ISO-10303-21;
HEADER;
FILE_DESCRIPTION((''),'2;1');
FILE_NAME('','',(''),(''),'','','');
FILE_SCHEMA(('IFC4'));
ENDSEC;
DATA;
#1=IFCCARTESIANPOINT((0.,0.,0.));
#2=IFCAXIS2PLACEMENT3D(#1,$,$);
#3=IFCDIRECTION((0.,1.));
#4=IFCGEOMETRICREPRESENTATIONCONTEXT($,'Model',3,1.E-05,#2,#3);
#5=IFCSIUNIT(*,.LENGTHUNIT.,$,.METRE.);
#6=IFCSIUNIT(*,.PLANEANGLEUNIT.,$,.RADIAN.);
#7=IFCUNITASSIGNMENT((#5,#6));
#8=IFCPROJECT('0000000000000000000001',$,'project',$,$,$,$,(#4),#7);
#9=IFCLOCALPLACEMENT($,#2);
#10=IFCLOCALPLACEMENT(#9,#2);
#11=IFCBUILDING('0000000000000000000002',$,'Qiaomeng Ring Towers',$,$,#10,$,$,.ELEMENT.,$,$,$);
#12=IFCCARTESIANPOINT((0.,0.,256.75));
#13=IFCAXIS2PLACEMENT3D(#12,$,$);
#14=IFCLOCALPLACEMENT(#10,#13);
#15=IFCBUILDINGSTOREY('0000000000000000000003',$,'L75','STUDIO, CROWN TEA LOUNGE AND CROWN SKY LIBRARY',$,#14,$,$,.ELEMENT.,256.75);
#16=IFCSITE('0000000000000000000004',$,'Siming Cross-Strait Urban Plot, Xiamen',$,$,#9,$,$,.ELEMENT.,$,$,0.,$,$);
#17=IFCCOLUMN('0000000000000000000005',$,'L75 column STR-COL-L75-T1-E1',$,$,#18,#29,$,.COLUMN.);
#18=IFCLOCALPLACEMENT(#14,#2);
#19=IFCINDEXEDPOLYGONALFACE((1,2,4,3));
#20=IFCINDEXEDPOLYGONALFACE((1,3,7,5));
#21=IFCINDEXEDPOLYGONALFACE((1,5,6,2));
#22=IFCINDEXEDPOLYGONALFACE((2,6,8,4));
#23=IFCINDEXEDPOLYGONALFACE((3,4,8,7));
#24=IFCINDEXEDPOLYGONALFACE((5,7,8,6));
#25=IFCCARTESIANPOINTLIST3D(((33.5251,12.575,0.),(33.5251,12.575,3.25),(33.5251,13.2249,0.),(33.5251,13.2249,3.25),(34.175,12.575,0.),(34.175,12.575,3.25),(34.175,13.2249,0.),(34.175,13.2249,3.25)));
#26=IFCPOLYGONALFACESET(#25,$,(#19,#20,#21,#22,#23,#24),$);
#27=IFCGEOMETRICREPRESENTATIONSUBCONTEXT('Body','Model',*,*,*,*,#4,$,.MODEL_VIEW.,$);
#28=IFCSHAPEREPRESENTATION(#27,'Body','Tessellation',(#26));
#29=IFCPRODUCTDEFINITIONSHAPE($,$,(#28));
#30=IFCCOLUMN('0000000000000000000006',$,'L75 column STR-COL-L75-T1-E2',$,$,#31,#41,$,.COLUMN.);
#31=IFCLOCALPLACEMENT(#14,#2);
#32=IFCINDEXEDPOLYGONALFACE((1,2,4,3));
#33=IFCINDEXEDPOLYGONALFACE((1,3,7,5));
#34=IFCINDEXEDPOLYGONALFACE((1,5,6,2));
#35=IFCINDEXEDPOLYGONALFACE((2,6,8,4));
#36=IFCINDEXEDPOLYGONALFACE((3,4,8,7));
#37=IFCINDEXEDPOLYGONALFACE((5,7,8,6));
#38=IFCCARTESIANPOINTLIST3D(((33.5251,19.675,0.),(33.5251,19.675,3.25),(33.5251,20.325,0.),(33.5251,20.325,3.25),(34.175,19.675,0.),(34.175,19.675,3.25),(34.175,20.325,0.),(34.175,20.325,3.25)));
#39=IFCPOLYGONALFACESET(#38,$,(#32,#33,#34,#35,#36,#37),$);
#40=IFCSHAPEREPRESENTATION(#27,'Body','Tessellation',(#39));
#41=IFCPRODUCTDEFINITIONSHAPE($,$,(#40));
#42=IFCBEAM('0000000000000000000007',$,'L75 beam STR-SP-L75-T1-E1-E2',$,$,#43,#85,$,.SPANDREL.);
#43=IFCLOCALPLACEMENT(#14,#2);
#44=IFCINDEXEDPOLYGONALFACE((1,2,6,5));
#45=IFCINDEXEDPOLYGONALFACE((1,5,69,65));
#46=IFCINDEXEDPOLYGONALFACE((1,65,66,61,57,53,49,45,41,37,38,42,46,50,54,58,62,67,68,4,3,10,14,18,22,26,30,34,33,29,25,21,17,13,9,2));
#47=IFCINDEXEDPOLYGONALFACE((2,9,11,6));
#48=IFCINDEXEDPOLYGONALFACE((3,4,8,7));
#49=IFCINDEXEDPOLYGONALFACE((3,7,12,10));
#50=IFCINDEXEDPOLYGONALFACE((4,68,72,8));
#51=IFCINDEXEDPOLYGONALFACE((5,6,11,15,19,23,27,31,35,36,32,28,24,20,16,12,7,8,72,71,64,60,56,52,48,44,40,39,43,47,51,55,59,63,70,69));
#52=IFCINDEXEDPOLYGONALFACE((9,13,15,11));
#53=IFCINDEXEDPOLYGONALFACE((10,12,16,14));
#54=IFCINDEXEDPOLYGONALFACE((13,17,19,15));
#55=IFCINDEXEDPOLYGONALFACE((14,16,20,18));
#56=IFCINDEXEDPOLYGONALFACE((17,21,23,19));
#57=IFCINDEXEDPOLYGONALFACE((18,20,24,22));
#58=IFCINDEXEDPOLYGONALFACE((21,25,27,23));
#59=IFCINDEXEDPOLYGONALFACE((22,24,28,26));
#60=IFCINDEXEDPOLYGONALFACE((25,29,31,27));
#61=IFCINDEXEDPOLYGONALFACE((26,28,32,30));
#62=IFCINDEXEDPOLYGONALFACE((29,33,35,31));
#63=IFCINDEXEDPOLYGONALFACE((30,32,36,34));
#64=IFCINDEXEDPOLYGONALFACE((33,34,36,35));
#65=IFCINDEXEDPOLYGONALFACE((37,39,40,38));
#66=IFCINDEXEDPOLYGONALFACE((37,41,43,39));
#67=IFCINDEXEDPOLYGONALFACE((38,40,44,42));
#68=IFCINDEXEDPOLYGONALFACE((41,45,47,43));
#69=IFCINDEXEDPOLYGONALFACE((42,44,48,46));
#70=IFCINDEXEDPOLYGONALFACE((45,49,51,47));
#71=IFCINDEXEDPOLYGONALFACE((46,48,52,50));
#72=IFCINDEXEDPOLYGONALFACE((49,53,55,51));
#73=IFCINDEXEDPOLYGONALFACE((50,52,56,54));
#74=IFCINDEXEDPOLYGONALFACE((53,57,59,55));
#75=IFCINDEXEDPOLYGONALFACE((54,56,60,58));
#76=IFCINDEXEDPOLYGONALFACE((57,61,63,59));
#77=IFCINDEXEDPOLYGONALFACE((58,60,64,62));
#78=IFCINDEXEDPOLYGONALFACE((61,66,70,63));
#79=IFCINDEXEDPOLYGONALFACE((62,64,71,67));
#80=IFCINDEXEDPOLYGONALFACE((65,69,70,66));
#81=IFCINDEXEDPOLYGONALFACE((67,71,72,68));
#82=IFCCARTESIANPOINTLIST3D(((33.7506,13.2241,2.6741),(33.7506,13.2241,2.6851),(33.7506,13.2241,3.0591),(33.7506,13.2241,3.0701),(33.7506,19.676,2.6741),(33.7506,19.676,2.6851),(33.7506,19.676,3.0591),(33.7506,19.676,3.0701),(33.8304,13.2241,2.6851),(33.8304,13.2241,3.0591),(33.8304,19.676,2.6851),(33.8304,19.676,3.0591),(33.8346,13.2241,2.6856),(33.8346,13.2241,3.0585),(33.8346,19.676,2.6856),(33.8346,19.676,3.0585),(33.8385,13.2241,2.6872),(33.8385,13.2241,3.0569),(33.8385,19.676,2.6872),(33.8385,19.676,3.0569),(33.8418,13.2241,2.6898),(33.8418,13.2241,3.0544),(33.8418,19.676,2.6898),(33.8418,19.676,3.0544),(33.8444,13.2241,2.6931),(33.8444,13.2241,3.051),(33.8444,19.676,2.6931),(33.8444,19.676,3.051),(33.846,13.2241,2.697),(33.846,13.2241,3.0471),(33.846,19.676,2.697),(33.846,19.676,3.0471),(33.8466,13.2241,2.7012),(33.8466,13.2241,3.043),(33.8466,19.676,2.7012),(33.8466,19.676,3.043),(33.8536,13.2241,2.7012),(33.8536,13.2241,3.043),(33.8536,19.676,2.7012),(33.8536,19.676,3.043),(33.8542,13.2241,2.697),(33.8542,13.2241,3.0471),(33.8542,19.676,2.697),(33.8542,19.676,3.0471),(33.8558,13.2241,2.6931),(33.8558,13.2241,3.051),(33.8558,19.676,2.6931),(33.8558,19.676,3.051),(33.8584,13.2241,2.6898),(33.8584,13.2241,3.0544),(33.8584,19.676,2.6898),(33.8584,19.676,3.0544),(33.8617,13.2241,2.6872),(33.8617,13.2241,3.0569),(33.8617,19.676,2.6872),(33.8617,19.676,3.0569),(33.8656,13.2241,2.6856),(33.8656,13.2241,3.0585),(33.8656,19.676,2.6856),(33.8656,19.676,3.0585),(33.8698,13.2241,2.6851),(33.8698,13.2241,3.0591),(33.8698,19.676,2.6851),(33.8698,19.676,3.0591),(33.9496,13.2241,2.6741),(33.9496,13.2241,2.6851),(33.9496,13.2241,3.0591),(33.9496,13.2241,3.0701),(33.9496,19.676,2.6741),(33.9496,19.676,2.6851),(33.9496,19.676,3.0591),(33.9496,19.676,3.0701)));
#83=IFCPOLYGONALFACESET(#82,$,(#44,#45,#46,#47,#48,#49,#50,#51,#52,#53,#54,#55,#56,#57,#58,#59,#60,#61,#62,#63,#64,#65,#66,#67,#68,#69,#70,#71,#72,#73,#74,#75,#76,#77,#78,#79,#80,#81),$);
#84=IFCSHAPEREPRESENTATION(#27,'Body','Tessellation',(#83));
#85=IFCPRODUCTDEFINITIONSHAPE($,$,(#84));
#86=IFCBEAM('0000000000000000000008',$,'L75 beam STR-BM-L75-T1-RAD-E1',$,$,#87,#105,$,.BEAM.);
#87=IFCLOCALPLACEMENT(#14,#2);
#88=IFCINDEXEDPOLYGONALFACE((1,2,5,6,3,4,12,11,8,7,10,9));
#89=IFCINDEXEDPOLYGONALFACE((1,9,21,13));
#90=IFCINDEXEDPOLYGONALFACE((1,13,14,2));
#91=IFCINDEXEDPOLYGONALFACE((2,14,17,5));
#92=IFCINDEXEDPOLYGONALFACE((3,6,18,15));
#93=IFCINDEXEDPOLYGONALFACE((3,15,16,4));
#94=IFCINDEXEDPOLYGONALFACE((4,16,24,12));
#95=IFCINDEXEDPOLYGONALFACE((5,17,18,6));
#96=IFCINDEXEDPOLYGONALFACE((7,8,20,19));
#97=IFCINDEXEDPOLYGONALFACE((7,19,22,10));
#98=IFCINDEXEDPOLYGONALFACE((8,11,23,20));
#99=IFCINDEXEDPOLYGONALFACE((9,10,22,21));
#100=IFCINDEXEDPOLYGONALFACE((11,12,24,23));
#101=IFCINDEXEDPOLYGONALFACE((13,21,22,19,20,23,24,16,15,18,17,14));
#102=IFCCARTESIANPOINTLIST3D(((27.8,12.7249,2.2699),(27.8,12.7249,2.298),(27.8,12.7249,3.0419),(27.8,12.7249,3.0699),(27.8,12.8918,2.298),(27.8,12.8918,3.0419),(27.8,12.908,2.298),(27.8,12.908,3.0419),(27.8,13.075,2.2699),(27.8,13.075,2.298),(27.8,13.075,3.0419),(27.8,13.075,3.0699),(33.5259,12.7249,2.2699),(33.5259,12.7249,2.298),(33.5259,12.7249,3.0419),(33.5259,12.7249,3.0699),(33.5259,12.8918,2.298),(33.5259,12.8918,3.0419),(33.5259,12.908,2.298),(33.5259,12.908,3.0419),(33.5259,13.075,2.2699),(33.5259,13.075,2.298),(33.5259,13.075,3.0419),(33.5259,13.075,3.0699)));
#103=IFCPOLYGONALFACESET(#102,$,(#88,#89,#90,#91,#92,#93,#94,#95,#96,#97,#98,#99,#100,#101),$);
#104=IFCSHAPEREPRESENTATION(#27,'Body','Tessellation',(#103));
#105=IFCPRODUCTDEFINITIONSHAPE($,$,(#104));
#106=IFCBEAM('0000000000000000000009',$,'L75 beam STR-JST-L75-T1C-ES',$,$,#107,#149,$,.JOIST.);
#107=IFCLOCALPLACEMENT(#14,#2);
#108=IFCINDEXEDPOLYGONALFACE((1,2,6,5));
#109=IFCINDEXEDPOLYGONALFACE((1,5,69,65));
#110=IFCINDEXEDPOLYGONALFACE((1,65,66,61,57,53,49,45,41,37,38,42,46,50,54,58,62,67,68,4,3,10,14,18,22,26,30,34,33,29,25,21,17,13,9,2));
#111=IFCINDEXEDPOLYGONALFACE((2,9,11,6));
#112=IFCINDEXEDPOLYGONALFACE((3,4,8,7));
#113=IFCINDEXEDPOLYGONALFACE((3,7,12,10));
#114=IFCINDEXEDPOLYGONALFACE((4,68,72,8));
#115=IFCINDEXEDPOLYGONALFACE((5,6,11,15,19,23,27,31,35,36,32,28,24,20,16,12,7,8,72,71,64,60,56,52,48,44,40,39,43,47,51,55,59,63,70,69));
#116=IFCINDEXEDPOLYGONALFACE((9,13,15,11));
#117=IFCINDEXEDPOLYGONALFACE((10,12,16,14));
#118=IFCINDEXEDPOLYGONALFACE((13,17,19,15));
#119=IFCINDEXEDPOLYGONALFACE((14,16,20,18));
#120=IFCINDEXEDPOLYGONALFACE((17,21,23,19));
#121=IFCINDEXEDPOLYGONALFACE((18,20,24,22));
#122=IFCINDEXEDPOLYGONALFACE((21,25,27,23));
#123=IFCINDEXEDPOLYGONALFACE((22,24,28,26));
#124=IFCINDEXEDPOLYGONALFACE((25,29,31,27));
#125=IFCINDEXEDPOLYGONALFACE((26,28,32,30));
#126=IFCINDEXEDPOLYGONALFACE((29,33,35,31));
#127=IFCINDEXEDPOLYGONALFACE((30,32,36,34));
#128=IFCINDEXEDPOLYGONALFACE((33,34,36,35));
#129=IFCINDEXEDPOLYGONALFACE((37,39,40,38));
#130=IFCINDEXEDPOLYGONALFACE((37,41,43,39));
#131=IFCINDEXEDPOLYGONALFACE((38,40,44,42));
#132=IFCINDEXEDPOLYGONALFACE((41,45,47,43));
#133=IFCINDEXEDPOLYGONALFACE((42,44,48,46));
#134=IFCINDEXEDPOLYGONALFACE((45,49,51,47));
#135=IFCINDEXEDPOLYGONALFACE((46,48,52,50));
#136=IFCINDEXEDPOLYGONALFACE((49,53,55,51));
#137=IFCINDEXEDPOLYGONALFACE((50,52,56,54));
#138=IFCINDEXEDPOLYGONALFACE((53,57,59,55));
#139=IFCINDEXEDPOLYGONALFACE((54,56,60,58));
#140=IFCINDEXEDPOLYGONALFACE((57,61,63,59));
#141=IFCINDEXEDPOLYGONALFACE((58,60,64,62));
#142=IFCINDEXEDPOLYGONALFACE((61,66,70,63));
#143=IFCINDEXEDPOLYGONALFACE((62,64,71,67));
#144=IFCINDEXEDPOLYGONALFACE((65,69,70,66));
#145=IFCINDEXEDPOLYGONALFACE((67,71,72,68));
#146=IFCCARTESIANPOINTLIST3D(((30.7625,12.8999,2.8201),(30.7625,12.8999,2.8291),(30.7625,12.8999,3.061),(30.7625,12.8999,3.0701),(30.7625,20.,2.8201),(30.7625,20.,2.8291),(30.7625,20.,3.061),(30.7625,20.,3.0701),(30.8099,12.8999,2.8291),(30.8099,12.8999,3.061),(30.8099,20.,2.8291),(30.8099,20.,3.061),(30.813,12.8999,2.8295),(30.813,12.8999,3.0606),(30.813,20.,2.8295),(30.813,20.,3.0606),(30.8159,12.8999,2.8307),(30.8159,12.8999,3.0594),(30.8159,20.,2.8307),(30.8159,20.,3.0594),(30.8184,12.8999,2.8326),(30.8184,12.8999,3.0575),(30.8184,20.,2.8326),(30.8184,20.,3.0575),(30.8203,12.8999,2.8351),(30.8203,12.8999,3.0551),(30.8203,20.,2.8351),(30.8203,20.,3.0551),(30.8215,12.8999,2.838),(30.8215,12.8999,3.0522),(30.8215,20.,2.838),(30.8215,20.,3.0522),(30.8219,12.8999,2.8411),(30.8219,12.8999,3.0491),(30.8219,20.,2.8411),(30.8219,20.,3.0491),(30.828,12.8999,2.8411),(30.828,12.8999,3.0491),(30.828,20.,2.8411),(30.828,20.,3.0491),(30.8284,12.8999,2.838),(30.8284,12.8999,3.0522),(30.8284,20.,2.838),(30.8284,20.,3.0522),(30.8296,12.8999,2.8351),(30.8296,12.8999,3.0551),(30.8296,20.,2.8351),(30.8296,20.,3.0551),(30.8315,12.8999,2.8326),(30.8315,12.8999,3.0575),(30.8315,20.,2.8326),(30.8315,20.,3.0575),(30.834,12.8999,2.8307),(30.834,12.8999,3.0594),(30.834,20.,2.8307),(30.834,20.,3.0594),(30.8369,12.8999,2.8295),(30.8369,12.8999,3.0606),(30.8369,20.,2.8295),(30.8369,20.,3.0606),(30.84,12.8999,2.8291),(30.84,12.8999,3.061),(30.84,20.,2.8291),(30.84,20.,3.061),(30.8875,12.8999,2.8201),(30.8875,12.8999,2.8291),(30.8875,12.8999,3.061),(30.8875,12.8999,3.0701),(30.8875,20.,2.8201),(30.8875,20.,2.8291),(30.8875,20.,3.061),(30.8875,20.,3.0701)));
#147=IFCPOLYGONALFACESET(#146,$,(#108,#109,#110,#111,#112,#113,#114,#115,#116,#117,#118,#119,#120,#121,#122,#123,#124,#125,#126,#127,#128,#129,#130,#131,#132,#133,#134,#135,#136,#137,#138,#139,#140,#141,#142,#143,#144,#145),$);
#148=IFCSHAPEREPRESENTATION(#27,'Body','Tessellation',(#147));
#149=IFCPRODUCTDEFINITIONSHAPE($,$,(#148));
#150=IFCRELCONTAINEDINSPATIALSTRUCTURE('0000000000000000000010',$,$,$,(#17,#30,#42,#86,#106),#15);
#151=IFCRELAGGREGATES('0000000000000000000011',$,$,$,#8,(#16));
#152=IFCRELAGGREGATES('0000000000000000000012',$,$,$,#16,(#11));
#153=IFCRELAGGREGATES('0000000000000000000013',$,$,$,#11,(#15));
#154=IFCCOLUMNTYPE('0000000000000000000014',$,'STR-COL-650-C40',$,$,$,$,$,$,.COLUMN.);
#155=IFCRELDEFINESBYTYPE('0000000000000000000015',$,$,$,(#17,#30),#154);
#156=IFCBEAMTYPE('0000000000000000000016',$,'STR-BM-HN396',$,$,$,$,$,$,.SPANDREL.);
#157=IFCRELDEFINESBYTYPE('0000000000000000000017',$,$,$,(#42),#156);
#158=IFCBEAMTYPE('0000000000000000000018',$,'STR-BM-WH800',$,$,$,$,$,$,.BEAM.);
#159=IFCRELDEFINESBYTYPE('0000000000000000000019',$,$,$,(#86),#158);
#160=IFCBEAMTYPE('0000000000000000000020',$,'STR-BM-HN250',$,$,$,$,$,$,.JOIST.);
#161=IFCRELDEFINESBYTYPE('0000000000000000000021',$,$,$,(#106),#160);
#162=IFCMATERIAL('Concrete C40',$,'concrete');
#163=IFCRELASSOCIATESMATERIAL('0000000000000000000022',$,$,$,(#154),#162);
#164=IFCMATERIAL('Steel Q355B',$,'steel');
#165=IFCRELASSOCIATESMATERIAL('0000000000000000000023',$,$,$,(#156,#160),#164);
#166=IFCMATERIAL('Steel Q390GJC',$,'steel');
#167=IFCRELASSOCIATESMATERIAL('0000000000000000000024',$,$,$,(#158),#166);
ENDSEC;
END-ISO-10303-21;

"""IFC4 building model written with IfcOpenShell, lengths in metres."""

from ifc_helpers import new_model, si_unit, direction, frame, origin, origin_2d, place, context, subcontext, project, spatial, rectangle, i_section, extrude, source, transform, mapped, material, material_profile, profile_set, type_object, element, save


model = new_model("IFC4")

# Units and contexts
model_context = context("Model", 3, precision=1e-05, world=origin(), true_north=direction((0.0, 1.0)))
body_context = subcontext(model_context, "Body", "Model", "MODEL_VIEW")
ifc_project = project(units=[si_unit("LENGTHUNIT", "METRE"), si_unit("PLANEANGLEUNIT", "RADIAN")], contexts=[model_context])

# Site, building, storey
site_placement = place(None, origin())
site = spatial("IfcSite", under=ifc_project, at=site_placement, Name="Siming Cross-Strait Urban Plot, Xiamen", CompositionType="ELEMENT", RefElevation=0.0)
building_placement = place(site_placement, origin())
building = spatial("IfcBuilding", under=site, at=building_placement, Name="Qiaomeng Ring Towers", CompositionType="ELEMENT")
storey_placement = place(building_placement, frame((0.0, 0.0, 256.75)))
storey = spatial("IfcBuildingStorey", under=building, at=storey_placement, Name="L75", Description="STUDIO, CROWN TEA LOUNGE AND CROWN SKY LIBRARY", CompositionType="ELEMENT", Elevation=256.75)

# Columns
ifc_material_1 = material(Name="Concrete C40", Category="concrete")
ifc_material_profile_1 = material_profile(ifc_material_1, rectangle(XDim=0.6499, YDim=0.6499, at=origin_2d()), Name="RC COL 650x650")
ifc_profile_set_1 = profile_set([ifc_material_profile_1], Name="Concrete C40")
column_type = type_object("IfcColumnType", Name="STR-COL-650-C40", PredefinedType="COLUMN", material=ifc_profile_set_1)
shared_shape_1 = source(origin(), body_context, "Body", "SweptSolid", [
    extrude(rectangle(XDim=0.6499, YDim=0.6499, at=origin_2d()), origin(), (0.0, 0.0, 1.0), 3.25),
])
for number, where, z_axis, x_axis, name in (
    (1, (33.8501, 12.8999, 0.0), (0.0, 0.0, 1.0), (1.0, 0.0, 0.0), "L75 column STR-COL-L75-T1-E1"),
    (2, (33.8501, 20.0, 0.0), (0.0, 0.0, 1.0), (1.0, 0.0, 0.0), "L75 column STR-COL-L75-T1-E2"),
):
    element("IfcColumn", number, at=place(storey_placement, frame(where, z_axis=z_axis, x_axis=x_axis)), inside=storey, type_object=column_type, Name=name, PredefinedType="COLUMN", context=body_context, shape_type="MappedRepresentation", body=[
        mapped(shared_shape_1, transform((0.0, 0.0, 0.0), x_axis=(1.0, 0.0, 0.0), y_axis=(0.0, 1.0, 0.0), z_axis=(0.0, 0.0, 1.0), scale=1.0)),
    ])

# Beams
ifc_material_2 = material(Name="Steel Q355B", Category="steel")
ifc_material_profile_2 = material_profile(ifc_material_2, i_section(OverallWidth=0.199, OverallDepth=0.396, WebThickness=0.0071, FlangeThickness=0.011, FilletRadius=0.0161, at=origin_2d()), Name="HN 396x199x7x11")
ifc_profile_set_2 = profile_set([ifc_material_profile_2], Name="Steel Q355B")
beam_type_1 = type_object("IfcBeamType", Name="STR-BM-HN396", PredefinedType="SPANDREL", material=ifc_profile_set_2)
shared_shape_2 = source(origin(), body_context, "Body", "SweptSolid", [
    extrude(i_section(OverallWidth=0.199, OverallDepth=0.396, WebThickness=0.0071, FlangeThickness=0.011, FilletRadius=0.0161, at=origin_2d()), origin(), (0.0, 0.0, 1.0), 6.4519),
])
beam_1_placement = place(storey_placement, frame((33.8501, 13.2241, 2.8721), z_axis=(0.0, 1.0, 0.0), x_axis=(-1.0, 0.0, 0.0)))
element("IfcBeam", 3, at=beam_1_placement, inside=storey, type_object=beam_type_1, Name="L75 beam STR-SP-L75-T1-E1-E2", PredefinedType="SPANDREL", context=body_context, shape_type="MappedRepresentation", body=[
    mapped(shared_shape_2, transform((0.0, 0.0, 0.0), x_axis=(1.0, 0.0, 0.0), y_axis=(0.0, 1.0, 0.0), z_axis=(0.0, 0.0, 1.0), scale=1.0)),
])
ifc_material_3 = material(Name="Steel Q390GJC", Category="steel")
ifc_material_profile_3 = material_profile(ifc_material_3, i_section(OverallWidth=0.3501, OverallDepth=0.8, WebThickness=0.0161, FlangeThickness=0.0281, at=origin_2d()), Name="WH 800x350x16x28")
ifc_profile_set_3 = profile_set([ifc_material_profile_3], Name="Steel Q390GJC")
beam_type_2 = type_object("IfcBeamType", Name="STR-BM-WH800", PredefinedType="BEAM", material=ifc_profile_set_3)
shared_shape_3 = source(origin(), body_context, "Body", "SweptSolid", [
    extrude(i_section(OverallWidth=0.3501, OverallDepth=0.8, WebThickness=0.0161, FlangeThickness=0.0281, at=origin_2d()), origin(), (0.0, 0.0, 1.0), 5.7258),
])
beam_2_placement = place(storey_placement, frame((27.8, 12.8999, 2.6699), z_axis=(1.0, 0.0, 0.0), x_axis=(0.0, 1.0, 0.0)))
element("IfcBeam", 4, at=beam_2_placement, inside=storey, type_object=beam_type_2, Name="L75 beam STR-BM-L75-T1-RAD-E1", PredefinedType="BEAM", context=body_context, shape_type="MappedRepresentation", body=[
    mapped(shared_shape_3, transform((0.0, 0.0, 0.0), x_axis=(1.0, 0.0, 0.0), y_axis=(0.0, 1.0, 0.0), z_axis=(0.0, 0.0, 1.0), scale=1.0)),
])
ifc_material_profile_4 = material_profile(ifc_material_2, i_section(OverallWidth=0.125, OverallDepth=0.25, WebThickness=0.0061, FlangeThickness=0.009, FilletRadius=0.012, at=origin_2d()), Name="HN 250x125x6x9")
ifc_profile_set_4 = profile_set([ifc_material_profile_4], Name="Steel Q355B")
beam_type_3 = type_object("IfcBeamType", Name="STR-BM-HN250", PredefinedType="JOIST", material=ifc_profile_set_4)
shared_shape_4 = source(origin(), body_context, "Body", "SweptSolid", [
    extrude(i_section(OverallWidth=0.125, OverallDepth=0.25, WebThickness=0.0061, FlangeThickness=0.009, FilletRadius=0.012, at=origin_2d()), origin(), (0.0, 0.0, 1.0), 7.1001),
])
beam_3_placement = place(storey_placement, frame((30.825, 12.8999, 2.9451), z_axis=(0.0, 1.0, 0.0), x_axis=(-1.0, 0.0, 0.0)))
element("IfcBeam", 5, at=beam_3_placement, inside=storey, type_object=beam_type_3, Name="L75 beam STR-JST-L75-T1C-ES", PredefinedType="JOIST", context=body_context, shape_type="MappedRepresentation", body=[
    mapped(shared_shape_4, transform((0.0, 0.0, 0.0), x_axis=(1.0, 0.0, 0.0), y_axis=(0.0, 1.0, 0.0), z_axis=(0.0, 0.0, 1.0), scale=1.0)),
])

save(model, "model.ifc")
